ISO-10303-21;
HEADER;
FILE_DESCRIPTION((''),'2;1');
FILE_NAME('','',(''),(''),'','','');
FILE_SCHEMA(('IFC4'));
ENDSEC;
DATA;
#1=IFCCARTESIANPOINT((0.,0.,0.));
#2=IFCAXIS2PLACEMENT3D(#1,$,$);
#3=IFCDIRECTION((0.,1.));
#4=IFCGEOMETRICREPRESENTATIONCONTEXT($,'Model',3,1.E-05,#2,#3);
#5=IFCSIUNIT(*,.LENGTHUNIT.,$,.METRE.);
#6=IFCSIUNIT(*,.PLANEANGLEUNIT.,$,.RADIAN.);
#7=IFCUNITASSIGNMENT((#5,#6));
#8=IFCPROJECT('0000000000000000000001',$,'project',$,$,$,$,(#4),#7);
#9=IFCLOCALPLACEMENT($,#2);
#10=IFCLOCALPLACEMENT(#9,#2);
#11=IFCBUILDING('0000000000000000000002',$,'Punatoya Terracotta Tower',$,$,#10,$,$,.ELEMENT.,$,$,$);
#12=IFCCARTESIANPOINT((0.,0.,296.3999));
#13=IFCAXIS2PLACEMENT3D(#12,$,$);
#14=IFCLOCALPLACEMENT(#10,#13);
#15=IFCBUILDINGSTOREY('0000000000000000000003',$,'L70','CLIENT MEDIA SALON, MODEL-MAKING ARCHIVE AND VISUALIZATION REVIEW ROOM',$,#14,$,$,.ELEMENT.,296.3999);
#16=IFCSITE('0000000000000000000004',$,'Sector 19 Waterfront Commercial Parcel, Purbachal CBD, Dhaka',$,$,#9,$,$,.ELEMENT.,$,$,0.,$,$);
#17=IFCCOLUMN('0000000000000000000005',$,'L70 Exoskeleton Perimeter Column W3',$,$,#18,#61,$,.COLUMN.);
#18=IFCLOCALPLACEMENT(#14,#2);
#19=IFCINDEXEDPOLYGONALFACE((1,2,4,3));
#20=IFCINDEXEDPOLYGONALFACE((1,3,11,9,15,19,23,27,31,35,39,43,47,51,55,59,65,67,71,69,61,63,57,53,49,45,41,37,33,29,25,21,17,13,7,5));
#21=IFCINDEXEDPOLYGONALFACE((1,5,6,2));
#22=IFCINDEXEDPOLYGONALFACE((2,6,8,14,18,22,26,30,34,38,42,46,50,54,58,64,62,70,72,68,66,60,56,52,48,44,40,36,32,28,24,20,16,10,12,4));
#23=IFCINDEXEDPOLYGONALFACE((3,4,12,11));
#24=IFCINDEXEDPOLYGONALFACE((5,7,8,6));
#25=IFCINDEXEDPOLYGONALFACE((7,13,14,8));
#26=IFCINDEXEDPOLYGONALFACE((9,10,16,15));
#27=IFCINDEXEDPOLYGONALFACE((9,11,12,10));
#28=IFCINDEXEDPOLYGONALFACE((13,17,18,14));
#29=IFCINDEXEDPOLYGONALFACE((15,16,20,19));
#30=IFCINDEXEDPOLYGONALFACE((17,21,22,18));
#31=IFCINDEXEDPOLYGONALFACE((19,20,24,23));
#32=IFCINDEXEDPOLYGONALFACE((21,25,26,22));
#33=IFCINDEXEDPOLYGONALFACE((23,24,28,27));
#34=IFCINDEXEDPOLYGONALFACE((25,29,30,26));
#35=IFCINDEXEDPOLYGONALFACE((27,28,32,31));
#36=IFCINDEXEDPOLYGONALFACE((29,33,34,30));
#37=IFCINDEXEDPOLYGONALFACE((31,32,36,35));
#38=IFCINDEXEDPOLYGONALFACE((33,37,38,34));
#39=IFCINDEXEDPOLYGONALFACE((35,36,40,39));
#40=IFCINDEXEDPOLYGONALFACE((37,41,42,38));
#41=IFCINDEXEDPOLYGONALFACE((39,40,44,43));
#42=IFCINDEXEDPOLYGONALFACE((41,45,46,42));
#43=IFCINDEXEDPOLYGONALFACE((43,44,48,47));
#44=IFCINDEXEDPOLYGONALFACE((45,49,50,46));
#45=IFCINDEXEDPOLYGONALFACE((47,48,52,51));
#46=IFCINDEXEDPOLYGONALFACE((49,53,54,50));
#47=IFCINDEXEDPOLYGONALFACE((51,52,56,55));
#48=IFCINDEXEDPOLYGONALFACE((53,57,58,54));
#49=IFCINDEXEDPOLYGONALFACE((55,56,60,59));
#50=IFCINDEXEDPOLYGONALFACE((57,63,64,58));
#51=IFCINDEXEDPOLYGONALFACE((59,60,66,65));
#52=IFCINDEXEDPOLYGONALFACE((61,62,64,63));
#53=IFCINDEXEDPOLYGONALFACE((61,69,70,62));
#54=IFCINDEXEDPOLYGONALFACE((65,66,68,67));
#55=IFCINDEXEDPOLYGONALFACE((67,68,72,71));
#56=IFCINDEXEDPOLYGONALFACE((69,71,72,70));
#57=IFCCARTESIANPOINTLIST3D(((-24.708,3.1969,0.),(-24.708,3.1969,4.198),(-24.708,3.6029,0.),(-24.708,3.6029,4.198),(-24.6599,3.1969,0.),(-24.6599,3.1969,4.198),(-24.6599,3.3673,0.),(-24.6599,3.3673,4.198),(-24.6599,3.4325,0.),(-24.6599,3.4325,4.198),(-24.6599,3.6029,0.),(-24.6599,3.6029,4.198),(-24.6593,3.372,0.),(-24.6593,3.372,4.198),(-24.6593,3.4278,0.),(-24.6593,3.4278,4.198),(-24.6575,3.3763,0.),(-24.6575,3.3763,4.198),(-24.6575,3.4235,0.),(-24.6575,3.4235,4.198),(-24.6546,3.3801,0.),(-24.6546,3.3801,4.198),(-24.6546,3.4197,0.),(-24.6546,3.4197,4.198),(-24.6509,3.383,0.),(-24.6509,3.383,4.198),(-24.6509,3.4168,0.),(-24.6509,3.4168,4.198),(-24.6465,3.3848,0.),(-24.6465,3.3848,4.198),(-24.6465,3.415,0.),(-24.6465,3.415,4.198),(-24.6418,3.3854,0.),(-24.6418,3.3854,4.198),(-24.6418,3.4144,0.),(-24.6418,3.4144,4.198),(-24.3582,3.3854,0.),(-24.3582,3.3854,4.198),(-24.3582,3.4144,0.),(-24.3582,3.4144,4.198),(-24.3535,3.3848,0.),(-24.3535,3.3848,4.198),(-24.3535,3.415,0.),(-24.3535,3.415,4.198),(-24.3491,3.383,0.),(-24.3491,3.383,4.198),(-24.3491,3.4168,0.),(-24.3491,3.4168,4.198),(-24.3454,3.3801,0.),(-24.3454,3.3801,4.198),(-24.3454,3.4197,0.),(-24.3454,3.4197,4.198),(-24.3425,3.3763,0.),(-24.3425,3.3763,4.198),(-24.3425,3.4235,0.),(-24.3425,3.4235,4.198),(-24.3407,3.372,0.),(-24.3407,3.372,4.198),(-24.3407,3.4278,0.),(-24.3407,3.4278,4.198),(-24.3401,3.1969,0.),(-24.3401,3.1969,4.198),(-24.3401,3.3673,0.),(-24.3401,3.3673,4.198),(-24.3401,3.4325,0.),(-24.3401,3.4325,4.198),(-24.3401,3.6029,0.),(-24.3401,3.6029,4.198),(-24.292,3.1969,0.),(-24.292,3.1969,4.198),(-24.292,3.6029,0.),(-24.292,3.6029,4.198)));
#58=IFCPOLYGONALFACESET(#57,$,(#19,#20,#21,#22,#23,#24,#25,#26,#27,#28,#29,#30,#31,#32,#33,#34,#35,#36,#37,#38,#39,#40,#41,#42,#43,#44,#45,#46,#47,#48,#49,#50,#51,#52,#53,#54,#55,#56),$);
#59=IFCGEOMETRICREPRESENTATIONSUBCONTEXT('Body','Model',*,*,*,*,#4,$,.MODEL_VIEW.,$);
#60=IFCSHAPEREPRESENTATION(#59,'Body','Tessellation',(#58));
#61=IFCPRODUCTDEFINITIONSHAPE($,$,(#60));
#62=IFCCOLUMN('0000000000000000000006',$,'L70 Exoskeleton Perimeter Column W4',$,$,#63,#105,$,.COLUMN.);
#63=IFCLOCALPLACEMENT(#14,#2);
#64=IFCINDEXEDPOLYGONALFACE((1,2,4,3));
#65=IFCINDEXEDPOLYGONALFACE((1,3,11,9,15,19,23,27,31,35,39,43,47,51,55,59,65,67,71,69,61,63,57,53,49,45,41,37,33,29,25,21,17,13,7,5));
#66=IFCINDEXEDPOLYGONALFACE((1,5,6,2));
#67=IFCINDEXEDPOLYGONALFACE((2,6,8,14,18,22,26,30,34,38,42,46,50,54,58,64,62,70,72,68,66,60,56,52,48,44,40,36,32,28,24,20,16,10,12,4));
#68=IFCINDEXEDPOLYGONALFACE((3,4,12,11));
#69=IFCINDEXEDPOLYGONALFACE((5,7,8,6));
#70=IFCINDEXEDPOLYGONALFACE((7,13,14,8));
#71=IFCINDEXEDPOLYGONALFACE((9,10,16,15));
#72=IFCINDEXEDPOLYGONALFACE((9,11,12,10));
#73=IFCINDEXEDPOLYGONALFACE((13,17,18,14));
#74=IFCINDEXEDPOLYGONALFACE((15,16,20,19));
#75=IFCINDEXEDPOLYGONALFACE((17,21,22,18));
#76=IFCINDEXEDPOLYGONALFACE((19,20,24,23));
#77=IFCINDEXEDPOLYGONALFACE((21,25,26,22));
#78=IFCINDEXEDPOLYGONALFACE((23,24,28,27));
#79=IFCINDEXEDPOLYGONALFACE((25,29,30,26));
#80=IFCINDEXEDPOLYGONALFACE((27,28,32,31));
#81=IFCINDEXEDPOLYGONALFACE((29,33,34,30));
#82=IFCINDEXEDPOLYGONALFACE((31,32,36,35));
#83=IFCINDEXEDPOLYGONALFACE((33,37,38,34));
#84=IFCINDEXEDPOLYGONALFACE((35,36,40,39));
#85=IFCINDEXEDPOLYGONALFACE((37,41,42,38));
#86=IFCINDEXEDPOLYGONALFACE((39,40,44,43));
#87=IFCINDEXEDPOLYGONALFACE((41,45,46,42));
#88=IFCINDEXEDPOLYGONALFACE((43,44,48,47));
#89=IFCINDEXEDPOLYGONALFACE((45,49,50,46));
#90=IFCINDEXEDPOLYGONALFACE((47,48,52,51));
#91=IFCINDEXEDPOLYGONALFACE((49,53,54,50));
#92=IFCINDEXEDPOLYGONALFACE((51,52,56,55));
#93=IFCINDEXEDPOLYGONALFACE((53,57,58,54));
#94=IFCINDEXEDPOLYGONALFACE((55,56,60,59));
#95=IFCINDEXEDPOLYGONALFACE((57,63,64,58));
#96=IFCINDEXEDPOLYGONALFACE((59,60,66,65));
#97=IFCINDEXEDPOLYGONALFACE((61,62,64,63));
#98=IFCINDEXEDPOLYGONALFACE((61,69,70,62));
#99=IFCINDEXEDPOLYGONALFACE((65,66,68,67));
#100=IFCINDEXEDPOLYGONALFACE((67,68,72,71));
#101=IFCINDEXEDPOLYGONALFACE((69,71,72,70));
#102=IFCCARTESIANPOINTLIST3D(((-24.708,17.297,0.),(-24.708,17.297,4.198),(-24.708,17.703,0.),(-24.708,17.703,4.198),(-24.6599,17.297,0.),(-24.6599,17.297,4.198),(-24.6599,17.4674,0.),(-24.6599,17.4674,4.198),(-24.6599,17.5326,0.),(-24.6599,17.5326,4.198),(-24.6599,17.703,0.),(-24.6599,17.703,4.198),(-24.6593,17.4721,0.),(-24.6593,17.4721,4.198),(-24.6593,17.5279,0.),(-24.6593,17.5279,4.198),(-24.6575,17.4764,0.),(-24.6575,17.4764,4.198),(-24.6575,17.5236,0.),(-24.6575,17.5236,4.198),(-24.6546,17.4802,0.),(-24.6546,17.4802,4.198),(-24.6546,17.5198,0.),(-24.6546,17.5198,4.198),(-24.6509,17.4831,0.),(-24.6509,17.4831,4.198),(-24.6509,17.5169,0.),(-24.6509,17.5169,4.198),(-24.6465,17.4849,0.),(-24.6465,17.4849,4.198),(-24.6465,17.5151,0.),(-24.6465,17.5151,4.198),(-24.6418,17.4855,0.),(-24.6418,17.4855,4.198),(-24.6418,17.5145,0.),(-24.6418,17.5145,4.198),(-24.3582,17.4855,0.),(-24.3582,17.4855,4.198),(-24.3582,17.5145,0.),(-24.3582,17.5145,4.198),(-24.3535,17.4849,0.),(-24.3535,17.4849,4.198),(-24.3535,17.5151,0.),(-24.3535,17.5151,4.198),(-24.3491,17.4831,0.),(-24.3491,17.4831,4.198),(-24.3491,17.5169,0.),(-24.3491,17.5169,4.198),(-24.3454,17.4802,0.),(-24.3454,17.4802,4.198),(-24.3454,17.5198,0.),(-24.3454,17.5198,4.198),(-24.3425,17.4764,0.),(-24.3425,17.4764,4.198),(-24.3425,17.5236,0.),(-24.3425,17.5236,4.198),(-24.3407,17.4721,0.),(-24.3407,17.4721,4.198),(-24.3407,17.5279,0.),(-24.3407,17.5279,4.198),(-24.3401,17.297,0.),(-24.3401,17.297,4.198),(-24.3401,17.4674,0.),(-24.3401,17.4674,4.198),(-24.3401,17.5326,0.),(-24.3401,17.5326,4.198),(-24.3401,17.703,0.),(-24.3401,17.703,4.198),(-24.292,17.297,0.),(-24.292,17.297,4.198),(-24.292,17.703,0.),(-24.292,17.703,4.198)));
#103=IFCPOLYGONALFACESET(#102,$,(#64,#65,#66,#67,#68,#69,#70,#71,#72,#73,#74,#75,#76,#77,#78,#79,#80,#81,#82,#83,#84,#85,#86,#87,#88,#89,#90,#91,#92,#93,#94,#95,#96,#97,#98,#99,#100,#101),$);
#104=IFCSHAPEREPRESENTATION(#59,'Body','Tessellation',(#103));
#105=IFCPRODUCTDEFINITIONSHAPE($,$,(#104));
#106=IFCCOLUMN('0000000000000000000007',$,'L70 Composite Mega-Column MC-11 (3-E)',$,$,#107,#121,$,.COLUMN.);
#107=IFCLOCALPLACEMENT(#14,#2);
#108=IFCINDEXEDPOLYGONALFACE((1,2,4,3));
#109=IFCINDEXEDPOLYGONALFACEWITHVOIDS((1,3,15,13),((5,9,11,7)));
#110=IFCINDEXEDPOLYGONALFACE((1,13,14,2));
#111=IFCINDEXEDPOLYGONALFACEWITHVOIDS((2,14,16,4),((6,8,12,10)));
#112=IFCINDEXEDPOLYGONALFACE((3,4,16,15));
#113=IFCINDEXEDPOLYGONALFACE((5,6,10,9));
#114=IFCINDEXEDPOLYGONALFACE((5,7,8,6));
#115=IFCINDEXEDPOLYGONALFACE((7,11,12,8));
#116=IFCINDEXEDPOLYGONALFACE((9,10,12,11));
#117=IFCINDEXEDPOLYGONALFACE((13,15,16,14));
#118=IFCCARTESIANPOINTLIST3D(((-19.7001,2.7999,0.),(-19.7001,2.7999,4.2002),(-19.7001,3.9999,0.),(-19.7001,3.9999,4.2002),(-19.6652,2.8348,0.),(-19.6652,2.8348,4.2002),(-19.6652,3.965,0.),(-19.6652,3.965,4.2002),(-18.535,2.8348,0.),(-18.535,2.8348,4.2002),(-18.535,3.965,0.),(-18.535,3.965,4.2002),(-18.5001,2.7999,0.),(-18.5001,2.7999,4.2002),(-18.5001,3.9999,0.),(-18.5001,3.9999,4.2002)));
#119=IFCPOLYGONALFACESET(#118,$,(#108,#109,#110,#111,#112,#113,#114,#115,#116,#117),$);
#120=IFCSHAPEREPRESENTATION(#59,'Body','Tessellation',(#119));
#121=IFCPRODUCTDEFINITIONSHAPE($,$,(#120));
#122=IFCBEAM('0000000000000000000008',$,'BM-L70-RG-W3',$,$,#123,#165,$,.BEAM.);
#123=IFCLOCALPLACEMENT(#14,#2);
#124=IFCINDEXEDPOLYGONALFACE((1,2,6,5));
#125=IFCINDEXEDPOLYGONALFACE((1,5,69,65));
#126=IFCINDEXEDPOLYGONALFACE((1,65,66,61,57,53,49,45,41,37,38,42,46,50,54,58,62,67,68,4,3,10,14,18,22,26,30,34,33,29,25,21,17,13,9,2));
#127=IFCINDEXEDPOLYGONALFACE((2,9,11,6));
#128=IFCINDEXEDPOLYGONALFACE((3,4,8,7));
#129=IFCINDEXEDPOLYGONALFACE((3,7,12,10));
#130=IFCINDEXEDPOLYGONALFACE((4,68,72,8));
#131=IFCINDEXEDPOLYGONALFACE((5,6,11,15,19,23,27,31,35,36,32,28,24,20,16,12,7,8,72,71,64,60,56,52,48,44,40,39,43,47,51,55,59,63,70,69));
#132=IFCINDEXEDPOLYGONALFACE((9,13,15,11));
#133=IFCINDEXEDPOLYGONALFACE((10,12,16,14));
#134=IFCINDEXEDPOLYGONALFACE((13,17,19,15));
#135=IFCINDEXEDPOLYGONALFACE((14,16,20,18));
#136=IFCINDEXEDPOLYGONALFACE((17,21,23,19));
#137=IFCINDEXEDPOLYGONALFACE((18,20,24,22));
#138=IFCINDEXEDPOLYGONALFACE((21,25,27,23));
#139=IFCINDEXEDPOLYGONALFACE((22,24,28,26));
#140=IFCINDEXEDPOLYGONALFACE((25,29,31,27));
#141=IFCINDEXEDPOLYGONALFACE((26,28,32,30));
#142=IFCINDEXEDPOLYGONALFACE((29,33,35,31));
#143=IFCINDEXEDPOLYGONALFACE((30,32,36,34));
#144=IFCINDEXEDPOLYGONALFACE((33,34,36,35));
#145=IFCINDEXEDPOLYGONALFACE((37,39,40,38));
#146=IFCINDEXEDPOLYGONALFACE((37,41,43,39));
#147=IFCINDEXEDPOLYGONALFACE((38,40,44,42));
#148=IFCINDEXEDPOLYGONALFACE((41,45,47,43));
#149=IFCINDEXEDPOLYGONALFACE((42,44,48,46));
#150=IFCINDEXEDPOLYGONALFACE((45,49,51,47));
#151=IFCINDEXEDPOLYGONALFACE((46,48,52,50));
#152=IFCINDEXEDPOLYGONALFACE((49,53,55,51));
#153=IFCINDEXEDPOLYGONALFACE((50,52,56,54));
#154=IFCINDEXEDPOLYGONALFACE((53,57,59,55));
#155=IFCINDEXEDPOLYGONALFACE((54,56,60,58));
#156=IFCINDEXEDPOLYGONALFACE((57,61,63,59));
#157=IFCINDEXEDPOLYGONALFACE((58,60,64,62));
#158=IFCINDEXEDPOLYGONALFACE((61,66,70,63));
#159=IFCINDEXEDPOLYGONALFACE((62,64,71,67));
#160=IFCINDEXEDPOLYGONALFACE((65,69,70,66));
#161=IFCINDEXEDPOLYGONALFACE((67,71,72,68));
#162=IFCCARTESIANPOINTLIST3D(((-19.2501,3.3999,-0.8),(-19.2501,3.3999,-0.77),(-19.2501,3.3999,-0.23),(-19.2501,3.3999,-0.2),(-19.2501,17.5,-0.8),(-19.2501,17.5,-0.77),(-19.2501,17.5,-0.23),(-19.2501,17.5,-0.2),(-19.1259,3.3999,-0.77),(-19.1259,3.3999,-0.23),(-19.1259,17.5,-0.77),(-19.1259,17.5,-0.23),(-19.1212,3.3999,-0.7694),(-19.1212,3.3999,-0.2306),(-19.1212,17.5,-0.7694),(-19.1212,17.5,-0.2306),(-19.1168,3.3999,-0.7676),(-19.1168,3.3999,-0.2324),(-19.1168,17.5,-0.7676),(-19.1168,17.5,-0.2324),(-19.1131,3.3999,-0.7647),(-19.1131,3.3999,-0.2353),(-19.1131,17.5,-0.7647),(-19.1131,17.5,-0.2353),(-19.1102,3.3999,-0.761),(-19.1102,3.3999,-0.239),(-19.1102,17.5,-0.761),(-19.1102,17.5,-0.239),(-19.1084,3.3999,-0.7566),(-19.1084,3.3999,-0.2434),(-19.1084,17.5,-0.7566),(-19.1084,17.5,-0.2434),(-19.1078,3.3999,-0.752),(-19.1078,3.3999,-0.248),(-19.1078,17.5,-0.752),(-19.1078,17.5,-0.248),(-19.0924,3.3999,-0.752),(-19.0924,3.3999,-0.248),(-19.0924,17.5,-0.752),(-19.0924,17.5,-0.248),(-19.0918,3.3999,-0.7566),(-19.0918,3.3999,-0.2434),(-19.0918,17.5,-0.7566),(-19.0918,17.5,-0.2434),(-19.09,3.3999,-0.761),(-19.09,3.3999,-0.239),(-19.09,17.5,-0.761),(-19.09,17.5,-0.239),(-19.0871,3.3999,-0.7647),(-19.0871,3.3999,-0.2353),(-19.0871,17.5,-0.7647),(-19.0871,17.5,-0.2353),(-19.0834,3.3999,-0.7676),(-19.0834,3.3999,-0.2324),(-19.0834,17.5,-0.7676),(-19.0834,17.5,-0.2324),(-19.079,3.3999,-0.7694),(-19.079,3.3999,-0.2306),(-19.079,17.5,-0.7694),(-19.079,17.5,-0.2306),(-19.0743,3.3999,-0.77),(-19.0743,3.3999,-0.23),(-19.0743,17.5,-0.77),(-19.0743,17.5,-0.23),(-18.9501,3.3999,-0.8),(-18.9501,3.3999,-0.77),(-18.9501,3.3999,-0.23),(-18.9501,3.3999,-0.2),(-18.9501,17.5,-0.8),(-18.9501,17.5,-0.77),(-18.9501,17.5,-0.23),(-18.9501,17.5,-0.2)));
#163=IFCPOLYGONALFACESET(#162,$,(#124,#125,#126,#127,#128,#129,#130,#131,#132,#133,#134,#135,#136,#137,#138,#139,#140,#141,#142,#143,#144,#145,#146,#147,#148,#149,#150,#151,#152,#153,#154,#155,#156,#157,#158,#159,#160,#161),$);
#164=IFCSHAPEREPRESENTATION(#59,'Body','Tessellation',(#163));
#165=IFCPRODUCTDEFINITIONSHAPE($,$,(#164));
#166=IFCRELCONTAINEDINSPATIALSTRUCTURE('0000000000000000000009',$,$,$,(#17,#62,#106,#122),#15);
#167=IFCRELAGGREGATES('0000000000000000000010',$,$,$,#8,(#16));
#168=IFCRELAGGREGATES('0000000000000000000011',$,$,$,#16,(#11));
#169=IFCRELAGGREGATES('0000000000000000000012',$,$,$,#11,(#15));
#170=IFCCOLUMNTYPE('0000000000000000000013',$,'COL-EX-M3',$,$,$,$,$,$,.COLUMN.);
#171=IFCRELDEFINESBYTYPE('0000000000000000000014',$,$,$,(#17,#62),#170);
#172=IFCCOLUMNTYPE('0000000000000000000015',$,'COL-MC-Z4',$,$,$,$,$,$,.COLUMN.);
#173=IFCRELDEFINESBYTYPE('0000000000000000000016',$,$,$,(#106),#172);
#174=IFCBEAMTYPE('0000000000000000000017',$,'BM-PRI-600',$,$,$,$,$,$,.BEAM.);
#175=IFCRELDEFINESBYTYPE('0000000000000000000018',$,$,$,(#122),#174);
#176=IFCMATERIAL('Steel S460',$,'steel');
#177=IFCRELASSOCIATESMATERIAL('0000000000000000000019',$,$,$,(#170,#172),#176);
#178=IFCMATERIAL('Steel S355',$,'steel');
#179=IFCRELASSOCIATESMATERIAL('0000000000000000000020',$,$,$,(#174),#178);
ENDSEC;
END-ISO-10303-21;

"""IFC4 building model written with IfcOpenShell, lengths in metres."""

from ifc_helpers import new_model, si_unit, direction, frame, origin, origin_2d, place, context, subcontext, project, spatial, hollow_rectangle, i_section, extrude, material, material_profile, profile_set, type_object, element, save


model = new_model("IFC4")

# Units and contexts
model_context = context("Model", 3, precision=1e-05, world=origin(), true_north=direction((0.0, 1.0)))
body_context = subcontext(model_context, "Body", "Model", "MODEL_VIEW")
ifc_project = project(units=[si_unit("LENGTHUNIT", "METRE"), si_unit("PLANEANGLEUNIT", "RADIAN")], contexts=[model_context])

# Site, building, storey
site_placement = place(None, origin())
site = spatial("IfcSite", under=ifc_project, at=site_placement, Name="Sector 19 Waterfront Commercial Parcel, Purbachal CBD, Dhaka", CompositionType="ELEMENT", RefElevation=0.0)
building_placement = place(site_placement, origin())
building = spatial("IfcBuilding", under=site, at=building_placement, Name="Punatoya Terracotta Tower", CompositionType="ELEMENT")
storey_placement = place(building_placement, frame((0.0, 0.0, 296.3999)))
storey = spatial("IfcBuildingStorey", under=building, at=storey_placement, Name="L70", Description="CLIENT MEDIA SALON, MODEL-MAKING ARCHIVE AND VISUALIZATION REVIEW ROOM", CompositionType="ELEMENT", Elevation=296.3999)

# Columns
ifc_material_1 = material(Name="Steel S460", Category="steel")
ifc_material_profile_1 = material_profile(ifc_material_1, i_section(OverallWidth=0.406, OverallDepth=0.416, WebThickness=0.0291, FlangeThickness=0.0481, FilletRadius=0.0181, at=origin_2d()))
ifc_profile_set_1 = profile_set([ifc_material_profile_1], Name="Steel S460")
column_type_1 = type_object("IfcColumnType", Name="COL-EX-M3", PredefinedType="COLUMN", material=ifc_profile_set_1)
for number, where, z_axis, x_axis, name in (
    (1, (-24.5, 3.3999, 0.0), (0.0, 0.0, 1.0), (0.0, 1.0, 0.0), "L70 Exoskeleton Perimeter Column W3"),
    (2, (-24.5, 17.5, 0.0), (0.0, 0.0, 1.0), (0.0, 1.0, 0.0), "L70 Exoskeleton Perimeter Column W4"),
):
    element("IfcColumn", number, at=place(storey_placement, frame(where, z_axis=z_axis, x_axis=x_axis)), inside=storey, type_object=column_type_1, Name=name, PredefinedType="COLUMN", context=body_context, shape_type="SweptSolid", body=[
        extrude(i_section(OverallWidth=0.406, OverallDepth=0.416, WebThickness=0.0291, FlangeThickness=0.0481, FilletRadius=0.0181, at=origin_2d()), origin(), (0.0, 0.0, 1.0), 4.198),
    ])
ifc_material_profile_2 = material_profile(ifc_material_1, hollow_rectangle(XDim=1.2, YDim=1.2, WallThickness=0.0349, at=origin_2d()))
ifc_profile_set_2 = profile_set([ifc_material_profile_2], Name="Steel S460")
column_type_2 = type_object("IfcColumnType", Name="COL-MC-Z4", PredefinedType="COLUMN", material=ifc_profile_set_2)
column_placement = place(storey_placement, frame((-19.1001, 3.3999, 0.0), z_axis=(0.0, 0.0, 1.0), x_axis=(1.0, 0.0, 0.0)))
element("IfcColumn", 3, at=column_placement, inside=storey, type_object=column_type_2, Name="L70 Composite Mega-Column MC-11 (3-E)", PredefinedType="COLUMN", context=body_context, shape_type="SweptSolid", body=[
    extrude(hollow_rectangle(XDim=1.2, YDim=1.2, WallThickness=0.0349, at=origin_2d()), origin(), (0.0, 0.0, 1.0), 4.2002),
])

# Beam
ifc_material_2 = material(Name="Steel S355", Category="steel")
ifc_material_profile_3 = material_profile(ifc_material_2, i_section(OverallWidth=0.3, OverallDepth=0.6001, WebThickness=0.0154, FlangeThickness=0.03, FilletRadius=0.0181, at=origin_2d()))
ifc_profile_set_3 = profile_set([ifc_material_profile_3], Name="Steel S355")
beam_type_1 = type_object("IfcBeamType", Name="BM-PRI-600", PredefinedType="BEAM", material=ifc_profile_set_3)
beam_1_placement = place(storey_placement, frame((-19.1001, 3.3999, -0.5), z_axis=(0.0, 1.0, 0.0), x_axis=(-1.0, 0.0, 0.0)))
element("IfcBeam", 4, at=beam_1_placement, inside=storey, type_object=beam_type_1, Name="BM-L70-RG-W3", PredefinedType="BEAM", context=body_context, shape_type="SweptSolid", body=[
    extrude(i_section(OverallWidth=0.3, OverallDepth=0.6001, WebThickness=0.0154, FlangeThickness=0.03, FilletRadius=0.0181, at=origin_2d()), origin(), (0.0, 0.0, 1.0), 14.1001),
])

save(model, "model.ifc")
